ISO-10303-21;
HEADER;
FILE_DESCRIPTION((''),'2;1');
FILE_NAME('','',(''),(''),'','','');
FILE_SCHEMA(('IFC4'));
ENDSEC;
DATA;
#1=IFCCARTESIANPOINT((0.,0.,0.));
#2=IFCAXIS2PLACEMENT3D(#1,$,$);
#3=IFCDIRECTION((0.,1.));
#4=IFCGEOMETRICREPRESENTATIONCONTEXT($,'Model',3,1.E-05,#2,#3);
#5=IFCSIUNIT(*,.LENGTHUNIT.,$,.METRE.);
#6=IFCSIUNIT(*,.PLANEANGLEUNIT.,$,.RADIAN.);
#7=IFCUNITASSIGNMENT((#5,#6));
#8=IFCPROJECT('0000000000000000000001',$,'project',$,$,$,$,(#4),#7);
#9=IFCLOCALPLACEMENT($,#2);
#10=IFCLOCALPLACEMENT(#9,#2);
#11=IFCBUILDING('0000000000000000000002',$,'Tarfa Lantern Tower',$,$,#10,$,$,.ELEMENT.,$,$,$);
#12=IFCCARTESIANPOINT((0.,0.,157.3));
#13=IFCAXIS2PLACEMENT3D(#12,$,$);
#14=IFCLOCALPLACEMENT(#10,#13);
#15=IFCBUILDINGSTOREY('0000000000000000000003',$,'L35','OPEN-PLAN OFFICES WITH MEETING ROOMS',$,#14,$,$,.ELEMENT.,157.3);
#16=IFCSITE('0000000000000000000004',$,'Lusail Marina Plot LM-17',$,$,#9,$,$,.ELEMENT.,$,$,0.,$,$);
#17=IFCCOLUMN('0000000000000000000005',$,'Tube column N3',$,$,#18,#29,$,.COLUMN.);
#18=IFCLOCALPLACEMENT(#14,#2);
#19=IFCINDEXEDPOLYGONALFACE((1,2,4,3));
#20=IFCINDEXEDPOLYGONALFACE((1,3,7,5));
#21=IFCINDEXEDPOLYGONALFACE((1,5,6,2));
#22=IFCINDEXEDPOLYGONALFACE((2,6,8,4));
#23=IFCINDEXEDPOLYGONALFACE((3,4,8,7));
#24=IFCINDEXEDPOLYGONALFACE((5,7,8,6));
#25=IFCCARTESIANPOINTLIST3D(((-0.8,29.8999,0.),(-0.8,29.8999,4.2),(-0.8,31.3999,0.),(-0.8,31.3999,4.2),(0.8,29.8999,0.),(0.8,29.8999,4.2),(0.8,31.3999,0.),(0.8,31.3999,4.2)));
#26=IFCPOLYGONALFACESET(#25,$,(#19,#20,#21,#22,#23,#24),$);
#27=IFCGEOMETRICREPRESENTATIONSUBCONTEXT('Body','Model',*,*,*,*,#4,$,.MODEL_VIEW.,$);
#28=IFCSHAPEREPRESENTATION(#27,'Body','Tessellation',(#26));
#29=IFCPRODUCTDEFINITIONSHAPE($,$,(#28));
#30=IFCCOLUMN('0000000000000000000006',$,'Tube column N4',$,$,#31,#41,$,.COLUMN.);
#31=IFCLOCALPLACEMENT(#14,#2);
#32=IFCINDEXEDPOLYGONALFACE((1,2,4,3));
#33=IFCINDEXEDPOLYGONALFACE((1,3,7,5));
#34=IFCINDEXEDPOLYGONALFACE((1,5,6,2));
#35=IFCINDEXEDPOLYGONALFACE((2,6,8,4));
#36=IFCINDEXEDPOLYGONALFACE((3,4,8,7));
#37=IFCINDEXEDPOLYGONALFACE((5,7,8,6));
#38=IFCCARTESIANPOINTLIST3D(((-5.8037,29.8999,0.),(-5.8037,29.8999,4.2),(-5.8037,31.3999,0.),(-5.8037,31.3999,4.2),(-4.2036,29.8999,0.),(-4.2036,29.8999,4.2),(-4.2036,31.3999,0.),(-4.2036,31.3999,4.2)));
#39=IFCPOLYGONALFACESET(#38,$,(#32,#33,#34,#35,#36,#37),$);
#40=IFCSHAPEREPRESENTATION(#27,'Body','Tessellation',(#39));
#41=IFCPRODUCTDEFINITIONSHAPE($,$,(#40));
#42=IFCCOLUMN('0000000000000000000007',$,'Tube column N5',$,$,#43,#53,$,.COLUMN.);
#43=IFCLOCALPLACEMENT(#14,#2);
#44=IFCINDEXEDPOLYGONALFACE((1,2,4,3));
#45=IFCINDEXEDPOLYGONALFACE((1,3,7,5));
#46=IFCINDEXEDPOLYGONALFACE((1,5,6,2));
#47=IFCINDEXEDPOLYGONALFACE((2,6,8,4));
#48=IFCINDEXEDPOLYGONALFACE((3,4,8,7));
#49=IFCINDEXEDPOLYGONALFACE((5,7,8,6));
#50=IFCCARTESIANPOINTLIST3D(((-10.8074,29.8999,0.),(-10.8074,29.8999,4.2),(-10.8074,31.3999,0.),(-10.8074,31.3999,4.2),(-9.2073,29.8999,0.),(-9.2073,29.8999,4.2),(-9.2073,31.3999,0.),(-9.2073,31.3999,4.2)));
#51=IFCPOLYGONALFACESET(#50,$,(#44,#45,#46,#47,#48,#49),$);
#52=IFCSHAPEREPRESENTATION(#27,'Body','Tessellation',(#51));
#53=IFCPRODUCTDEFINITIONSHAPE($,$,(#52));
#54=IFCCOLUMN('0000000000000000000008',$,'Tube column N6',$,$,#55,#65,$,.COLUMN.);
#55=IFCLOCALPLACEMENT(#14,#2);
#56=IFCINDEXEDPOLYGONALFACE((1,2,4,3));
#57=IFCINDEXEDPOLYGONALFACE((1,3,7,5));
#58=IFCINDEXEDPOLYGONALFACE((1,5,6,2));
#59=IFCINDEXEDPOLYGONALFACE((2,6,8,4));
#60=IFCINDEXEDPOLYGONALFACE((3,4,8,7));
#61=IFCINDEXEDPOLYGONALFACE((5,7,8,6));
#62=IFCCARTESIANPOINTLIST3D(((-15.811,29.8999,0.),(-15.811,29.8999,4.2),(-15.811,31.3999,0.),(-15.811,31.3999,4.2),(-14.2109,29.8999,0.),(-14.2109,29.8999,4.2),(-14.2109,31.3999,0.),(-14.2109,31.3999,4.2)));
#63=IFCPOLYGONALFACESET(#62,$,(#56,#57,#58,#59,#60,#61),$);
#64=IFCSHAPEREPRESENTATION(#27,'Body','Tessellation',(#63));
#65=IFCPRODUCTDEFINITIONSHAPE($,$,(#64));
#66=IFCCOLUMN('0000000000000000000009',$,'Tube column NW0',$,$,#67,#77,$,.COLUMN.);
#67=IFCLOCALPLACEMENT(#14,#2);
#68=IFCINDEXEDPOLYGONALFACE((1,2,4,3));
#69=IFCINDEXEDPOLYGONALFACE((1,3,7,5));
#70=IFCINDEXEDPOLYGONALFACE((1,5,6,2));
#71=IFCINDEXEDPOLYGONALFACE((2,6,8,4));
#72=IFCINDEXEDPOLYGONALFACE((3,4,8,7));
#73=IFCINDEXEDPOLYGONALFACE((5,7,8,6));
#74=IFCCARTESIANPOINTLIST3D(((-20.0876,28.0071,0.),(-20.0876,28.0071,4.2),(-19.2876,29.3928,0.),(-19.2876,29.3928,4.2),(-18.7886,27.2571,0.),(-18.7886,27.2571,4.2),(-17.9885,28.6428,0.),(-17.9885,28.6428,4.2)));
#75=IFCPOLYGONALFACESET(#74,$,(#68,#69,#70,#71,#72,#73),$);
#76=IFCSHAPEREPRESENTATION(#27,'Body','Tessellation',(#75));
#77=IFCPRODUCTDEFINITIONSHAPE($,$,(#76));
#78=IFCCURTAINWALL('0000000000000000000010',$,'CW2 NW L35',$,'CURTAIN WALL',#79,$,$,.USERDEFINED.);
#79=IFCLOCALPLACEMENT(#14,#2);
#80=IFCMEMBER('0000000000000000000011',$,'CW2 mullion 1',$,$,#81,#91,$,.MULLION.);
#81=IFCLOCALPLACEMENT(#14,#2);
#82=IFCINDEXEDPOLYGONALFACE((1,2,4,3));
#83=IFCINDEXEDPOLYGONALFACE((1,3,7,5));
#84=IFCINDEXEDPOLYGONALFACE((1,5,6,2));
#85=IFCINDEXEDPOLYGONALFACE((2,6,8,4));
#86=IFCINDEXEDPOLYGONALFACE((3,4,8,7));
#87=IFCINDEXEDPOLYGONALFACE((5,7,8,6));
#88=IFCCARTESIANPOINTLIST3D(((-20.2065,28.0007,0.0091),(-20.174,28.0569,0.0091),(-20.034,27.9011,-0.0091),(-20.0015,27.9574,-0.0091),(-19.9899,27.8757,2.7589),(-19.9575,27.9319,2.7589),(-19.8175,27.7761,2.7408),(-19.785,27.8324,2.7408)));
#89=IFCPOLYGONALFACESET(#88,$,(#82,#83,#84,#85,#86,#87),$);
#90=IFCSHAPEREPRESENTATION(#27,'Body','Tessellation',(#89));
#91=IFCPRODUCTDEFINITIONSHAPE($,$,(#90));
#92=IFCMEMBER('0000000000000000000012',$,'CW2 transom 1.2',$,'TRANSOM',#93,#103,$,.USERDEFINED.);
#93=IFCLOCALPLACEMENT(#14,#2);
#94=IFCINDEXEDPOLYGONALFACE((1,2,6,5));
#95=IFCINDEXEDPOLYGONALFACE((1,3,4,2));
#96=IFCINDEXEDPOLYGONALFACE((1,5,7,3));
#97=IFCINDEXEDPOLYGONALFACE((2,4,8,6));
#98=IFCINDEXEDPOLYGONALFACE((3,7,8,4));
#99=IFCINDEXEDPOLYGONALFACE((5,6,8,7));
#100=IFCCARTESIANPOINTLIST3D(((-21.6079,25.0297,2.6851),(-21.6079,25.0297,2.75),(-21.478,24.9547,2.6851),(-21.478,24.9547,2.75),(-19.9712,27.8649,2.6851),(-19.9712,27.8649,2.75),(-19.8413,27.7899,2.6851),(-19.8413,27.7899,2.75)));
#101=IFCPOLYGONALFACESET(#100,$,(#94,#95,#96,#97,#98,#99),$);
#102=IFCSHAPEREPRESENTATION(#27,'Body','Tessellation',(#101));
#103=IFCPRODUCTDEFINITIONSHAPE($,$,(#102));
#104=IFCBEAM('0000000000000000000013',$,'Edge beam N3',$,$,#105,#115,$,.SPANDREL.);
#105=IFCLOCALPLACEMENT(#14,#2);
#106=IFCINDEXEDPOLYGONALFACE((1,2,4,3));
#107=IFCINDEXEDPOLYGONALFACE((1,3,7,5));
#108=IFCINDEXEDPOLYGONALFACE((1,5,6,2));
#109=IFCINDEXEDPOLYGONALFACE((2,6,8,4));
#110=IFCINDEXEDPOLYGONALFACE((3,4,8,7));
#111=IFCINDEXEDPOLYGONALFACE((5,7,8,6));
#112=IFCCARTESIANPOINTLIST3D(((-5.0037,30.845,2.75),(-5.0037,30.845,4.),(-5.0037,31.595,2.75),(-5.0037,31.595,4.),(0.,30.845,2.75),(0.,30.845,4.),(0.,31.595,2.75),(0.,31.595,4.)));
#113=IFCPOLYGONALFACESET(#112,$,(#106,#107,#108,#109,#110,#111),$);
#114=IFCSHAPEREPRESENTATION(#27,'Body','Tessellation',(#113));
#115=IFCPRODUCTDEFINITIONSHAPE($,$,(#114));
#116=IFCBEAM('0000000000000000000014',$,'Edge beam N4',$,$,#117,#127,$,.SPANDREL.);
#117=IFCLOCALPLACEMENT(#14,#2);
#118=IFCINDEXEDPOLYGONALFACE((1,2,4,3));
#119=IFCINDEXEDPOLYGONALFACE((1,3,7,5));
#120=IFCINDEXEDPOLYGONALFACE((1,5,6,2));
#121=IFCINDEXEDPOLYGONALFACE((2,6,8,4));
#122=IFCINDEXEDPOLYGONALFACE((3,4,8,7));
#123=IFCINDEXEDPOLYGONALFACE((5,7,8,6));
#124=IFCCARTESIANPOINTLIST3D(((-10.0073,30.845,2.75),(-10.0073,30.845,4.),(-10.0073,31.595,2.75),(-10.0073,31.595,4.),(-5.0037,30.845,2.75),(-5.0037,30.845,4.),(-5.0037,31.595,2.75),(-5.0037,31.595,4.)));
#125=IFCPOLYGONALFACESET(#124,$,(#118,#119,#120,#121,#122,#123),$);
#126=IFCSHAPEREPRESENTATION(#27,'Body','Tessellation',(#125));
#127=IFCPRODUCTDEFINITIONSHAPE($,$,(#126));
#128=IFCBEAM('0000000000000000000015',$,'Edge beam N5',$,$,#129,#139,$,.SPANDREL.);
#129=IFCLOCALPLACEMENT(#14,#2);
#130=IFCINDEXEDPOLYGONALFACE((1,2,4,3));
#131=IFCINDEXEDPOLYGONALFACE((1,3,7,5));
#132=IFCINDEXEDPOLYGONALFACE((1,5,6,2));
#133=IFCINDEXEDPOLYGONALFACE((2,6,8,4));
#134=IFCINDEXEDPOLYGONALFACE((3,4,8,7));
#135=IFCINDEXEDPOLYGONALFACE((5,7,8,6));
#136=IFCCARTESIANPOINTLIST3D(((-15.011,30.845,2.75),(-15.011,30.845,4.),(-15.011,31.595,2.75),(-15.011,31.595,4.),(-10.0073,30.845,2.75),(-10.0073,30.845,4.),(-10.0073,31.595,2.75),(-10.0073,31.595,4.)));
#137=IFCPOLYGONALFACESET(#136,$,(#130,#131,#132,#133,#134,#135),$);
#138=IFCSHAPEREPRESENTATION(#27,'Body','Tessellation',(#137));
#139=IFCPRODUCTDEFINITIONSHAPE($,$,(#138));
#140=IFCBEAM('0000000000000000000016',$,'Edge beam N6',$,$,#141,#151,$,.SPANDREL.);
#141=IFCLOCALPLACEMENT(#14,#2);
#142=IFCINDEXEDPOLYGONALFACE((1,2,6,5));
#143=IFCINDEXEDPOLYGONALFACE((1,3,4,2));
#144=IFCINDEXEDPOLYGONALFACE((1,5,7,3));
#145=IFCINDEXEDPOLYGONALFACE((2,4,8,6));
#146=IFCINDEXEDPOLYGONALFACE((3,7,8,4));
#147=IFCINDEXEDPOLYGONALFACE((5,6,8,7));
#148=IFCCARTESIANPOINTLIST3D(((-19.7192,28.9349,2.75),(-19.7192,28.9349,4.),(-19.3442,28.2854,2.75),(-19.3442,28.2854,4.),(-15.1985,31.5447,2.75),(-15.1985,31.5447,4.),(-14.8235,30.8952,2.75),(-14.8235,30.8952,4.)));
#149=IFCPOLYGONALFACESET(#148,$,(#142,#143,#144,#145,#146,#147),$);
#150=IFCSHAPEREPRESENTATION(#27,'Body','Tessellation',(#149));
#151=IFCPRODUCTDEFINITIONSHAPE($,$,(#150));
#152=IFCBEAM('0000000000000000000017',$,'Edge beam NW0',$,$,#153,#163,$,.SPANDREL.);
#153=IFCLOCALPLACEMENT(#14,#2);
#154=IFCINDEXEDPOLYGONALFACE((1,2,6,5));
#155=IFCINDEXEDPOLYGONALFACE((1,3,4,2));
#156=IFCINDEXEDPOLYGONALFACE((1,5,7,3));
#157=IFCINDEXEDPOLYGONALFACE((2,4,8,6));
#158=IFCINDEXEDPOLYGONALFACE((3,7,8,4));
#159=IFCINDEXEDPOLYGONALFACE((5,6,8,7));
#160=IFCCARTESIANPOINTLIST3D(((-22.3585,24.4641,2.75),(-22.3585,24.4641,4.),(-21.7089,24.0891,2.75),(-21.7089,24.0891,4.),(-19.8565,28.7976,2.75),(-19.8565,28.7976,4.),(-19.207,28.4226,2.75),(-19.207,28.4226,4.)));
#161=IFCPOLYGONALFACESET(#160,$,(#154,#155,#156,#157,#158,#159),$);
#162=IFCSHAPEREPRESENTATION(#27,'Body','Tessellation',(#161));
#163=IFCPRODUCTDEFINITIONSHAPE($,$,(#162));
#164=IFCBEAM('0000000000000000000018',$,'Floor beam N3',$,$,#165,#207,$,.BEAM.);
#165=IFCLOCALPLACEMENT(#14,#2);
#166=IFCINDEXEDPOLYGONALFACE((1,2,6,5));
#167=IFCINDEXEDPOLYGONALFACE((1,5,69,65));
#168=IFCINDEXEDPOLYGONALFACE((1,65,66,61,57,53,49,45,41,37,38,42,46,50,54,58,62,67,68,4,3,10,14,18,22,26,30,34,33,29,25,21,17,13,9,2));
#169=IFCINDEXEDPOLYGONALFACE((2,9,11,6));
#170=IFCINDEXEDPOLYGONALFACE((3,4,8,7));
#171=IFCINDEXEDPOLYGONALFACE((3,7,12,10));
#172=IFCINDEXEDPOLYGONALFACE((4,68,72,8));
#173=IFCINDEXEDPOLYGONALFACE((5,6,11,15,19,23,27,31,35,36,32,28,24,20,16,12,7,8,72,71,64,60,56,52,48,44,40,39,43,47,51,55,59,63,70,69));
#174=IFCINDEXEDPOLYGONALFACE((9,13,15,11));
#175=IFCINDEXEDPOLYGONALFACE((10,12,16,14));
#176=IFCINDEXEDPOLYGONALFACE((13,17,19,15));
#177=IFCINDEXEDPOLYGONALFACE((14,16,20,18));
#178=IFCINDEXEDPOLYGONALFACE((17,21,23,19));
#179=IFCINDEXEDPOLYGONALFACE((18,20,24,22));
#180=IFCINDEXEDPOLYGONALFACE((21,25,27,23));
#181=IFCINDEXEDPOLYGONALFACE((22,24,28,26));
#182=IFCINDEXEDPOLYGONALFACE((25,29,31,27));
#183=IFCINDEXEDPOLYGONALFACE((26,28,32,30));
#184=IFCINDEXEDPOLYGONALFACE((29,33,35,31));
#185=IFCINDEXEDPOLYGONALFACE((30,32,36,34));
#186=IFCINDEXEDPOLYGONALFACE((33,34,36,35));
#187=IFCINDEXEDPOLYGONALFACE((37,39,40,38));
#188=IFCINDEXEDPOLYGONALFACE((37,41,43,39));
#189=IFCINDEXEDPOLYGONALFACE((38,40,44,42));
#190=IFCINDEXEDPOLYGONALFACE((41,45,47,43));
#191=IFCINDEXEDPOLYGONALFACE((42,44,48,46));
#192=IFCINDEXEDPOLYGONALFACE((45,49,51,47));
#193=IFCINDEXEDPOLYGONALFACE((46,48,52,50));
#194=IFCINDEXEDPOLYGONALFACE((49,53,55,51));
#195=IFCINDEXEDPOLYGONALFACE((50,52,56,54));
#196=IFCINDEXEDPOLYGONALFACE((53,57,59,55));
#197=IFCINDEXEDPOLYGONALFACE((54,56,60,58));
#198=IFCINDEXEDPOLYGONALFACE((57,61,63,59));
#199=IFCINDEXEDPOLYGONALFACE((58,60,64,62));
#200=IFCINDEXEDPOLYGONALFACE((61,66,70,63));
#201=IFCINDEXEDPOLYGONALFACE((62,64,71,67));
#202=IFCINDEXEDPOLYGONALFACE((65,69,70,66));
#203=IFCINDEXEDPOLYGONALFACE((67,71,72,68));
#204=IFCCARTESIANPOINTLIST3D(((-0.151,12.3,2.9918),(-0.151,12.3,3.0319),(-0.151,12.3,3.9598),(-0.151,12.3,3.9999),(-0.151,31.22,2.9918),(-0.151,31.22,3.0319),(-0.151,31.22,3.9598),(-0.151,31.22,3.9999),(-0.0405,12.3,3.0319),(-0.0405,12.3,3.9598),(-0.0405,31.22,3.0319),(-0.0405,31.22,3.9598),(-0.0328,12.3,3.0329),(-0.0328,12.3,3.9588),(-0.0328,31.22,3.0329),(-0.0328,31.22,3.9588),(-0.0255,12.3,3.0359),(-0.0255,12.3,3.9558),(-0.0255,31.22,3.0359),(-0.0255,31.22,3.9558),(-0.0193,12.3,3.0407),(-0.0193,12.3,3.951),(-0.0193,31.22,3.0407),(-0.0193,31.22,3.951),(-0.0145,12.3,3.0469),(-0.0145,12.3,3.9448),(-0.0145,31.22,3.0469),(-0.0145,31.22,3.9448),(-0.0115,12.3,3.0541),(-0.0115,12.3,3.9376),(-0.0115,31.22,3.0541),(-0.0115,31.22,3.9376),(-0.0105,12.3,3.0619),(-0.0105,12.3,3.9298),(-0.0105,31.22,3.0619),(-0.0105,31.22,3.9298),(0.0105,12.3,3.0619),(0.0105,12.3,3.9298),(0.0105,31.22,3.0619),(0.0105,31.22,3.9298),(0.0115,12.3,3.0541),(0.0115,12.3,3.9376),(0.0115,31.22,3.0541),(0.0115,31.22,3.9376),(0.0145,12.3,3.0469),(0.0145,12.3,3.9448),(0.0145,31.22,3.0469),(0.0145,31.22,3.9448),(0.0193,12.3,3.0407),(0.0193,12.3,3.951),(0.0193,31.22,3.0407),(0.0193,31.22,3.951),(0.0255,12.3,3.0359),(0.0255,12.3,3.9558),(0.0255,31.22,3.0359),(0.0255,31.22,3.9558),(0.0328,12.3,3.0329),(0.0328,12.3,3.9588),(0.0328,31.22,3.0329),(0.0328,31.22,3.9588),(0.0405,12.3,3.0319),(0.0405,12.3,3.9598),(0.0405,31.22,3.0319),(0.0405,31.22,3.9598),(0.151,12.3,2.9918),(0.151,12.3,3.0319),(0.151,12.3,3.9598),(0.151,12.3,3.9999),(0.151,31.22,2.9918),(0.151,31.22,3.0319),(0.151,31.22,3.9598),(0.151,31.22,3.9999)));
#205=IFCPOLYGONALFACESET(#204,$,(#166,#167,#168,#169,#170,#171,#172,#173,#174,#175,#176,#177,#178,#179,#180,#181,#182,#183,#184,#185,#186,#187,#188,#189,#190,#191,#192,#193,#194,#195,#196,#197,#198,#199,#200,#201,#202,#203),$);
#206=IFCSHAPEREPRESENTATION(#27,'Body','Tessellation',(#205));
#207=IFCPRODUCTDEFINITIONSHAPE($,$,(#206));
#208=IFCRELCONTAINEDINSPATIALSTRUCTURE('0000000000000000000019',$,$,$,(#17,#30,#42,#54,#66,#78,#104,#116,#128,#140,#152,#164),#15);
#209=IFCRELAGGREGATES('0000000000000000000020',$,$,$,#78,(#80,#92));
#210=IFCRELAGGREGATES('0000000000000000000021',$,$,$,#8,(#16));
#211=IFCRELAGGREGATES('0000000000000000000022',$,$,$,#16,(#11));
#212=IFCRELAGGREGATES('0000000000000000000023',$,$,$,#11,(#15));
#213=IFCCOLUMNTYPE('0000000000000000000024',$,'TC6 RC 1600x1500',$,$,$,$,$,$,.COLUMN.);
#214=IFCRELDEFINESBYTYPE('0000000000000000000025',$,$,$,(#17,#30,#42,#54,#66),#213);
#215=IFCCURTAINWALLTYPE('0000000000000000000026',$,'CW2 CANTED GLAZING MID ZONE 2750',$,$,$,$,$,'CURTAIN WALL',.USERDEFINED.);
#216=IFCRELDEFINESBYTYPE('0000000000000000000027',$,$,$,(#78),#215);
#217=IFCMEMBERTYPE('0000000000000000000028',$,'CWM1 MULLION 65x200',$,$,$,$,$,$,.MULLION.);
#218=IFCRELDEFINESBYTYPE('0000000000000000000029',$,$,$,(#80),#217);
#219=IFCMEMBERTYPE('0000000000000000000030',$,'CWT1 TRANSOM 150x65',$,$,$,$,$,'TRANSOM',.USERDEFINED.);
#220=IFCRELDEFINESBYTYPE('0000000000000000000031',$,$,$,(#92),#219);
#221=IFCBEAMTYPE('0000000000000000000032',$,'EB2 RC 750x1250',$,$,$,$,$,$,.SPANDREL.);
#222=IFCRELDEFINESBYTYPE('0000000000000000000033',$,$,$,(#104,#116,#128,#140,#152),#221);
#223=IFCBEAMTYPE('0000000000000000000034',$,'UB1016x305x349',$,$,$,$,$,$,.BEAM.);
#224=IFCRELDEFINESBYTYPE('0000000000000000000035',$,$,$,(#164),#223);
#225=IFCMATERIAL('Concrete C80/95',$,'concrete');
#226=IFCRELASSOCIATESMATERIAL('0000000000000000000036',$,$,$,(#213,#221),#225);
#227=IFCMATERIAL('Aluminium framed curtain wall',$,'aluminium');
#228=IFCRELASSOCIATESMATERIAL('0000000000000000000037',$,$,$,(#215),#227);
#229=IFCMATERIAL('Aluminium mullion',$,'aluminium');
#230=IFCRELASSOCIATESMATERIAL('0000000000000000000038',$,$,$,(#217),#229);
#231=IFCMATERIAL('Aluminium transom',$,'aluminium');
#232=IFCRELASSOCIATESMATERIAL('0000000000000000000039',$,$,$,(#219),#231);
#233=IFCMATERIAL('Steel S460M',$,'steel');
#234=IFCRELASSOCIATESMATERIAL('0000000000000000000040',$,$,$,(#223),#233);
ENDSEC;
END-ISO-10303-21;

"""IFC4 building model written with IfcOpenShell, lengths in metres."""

from ifc_helpers import new_model, si_unit, direction, frame, origin, origin_2d, place, context, subcontext, project, spatial, rectangle, i_section, extrude, material, material_profile, profile_set, type_object, element, aggregate, save


model = new_model("IFC4")

# Units and contexts
model_context = context("Model", 3, precision=1e-05, world=origin(), true_north=direction((0.0, 1.0)))
body_context = subcontext(model_context, "Body", "Model", "MODEL_VIEW")
ifc_project = project(units=[si_unit("LENGTHUNIT", "METRE"), si_unit("PLANEANGLEUNIT", "RADIAN")], contexts=[model_context])

# Site, building, storey
site_placement = place(None, origin())
site = spatial("IfcSite", under=ifc_project, at=site_placement, Name="Lusail Marina Plot LM-17", CompositionType="ELEMENT", RefElevation=0.0)
building_placement = place(site_placement, origin())
building = spatial("IfcBuilding", under=site, at=building_placement, Name="Tarfa Lantern Tower", CompositionType="ELEMENT")
storey_placement = place(building_placement, frame((0.0, 0.0, 157.3)))
storey = spatial("IfcBuildingStorey", under=building, at=storey_placement, Name="L35", Description="OPEN-PLAN OFFICES WITH MEETING ROOMS", CompositionType="ELEMENT", Elevation=157.3)

# Columns
ifc_material_1 = material(Name="Concrete C80/95", Category="concrete")
ifc_material_profile_1 = material_profile(ifc_material_1, rectangle(XDim=1.6001, YDim=1.5, at=origin_2d()), Name="RC 1600x1500")
ifc_profile_set_1 = profile_set([ifc_material_profile_1], Name="Concrete C80/95")
column_type = type_object("IfcColumnType", Name="TC6 RC 1600x1500", PredefinedType="COLUMN", material=ifc_profile_set_1)
for number, where, z_axis, x_axis, name in (
    (1, (0.0, 30.6499, 0.0), (0.0, 0.0, 1.0), (-1.0, 0.0, 0.0), "Tube column N3"),
    (2, (-5.0037, 30.6499, 0.0), (0.0, 0.0, 1.0), (-1.0, 0.0, 0.0), "Tube column N4"),
    (3, (-10.0073, 30.6499, 0.0), (0.0, 0.0, 1.0), (-1.0, 0.0, 0.0), "Tube column N5"),
    (4, (-15.011, 30.6499, 0.0), (0.0, 0.0, 1.0), (-1.0, 0.0, 0.0), "Tube column N6"),
    (5, (-19.0381, 28.325, 0.0), (0.0, 0.0, 1.0), (-0.5, -0.866025, 0.0), "Tube column NW0"),
):
    element("IfcColumn", number, at=place(storey_placement, frame(where, z_axis=z_axis, x_axis=x_axis)), inside=storey, type_object=column_type, Name=name, PredefinedType="COLUMN", context=body_context, shape_type="SweptSolid", body=[
        extrude(rectangle(XDim=1.6001, YDim=1.5, at=origin_2d()), origin(), (0.0, 0.0, 1.0), 4.2),
    ])

# Curtain wall, members
ifc_material_2 = material(Name="Aluminium framed curtain wall", Category="aluminium")
curtain_wall_type = type_object("IfcCurtainWallType", Name="CW2 CANTED GLAZING MID ZONE 2750", ElementType="CURTAIN WALL", PredefinedType="USERDEFINED", material=ifc_material_2)
curtain_wall_placement = place(storey_placement, origin())
curtain_wall = element("IfcCurtainWall", 6, at=curtain_wall_placement, inside=storey, type_object=curtain_wall_type, Name="CW2 NW L35", ObjectType="CURTAIN WALL", PredefinedType="USERDEFINED")
ifc_material_3 = material(Name="Aluminium mullion", Category="aluminium")
ifc_material_profile_2 = material_profile(ifc_material_3, rectangle(XDim=0.0649, YDim=0.2, at=origin_2d()), Name="AL MULLION 65x200")
ifc_profile_set_2 = profile_set([ifc_material_profile_2], Name="Aluminium mullion")
member_type_1 = type_object("IfcMemberType", Name="CWM1 MULLION 65x200", PredefinedType="MULLION", material=ifc_profile_set_2)
member_1_placement = place(storey_placement, frame((-20.104, 27.979, 0.0), z_axis=(0.078423, -0.045268, 0.995892), x_axis=(0.49992, 0.866072, 0.0)))
member_1 = element("IfcMember", 7, at=member_1_placement, type_object=member_type_1, Name="CW2 mullion 1", PredefinedType="MULLION", context=body_context, shape_type="SweptSolid", body=[
    extrude(rectangle(XDim=0.0649, YDim=0.2, at=origin_2d()), origin(), (0.0, 0.0, 1.0), 2.7612),
])
ifc_material_4 = material(Name="Aluminium transom", Category="aluminium")
ifc_material_profile_3 = material_profile(ifc_material_4, rectangle(XDim=0.1499, YDim=0.0649, at=origin_2d()), Name="AL TRANSOM 150x65")
ifc_profile_set_3 = profile_set([ifc_material_profile_3], Name="Aluminium transom")
member_type_2 = type_object("IfcMemberType", Name="CWT1 TRANSOM 150x65", ElementType="TRANSOM", PredefinedType="USERDEFINED", material=ifc_profile_set_3)
member_2_placement = place(storey_placement, frame((-19.9062, 27.8274, 2.7175), z_axis=(-0.499957, -0.86605, 0.0), x_axis=(0.86605, -0.499957, 0.0)))
member_2 = element("IfcMember", 8, at=member_2_placement, type_object=member_type_2, Name="CW2 transom 1.2", ObjectType="TRANSOM", PredefinedType="USERDEFINED", context=body_context, shape_type="SweptSolid", body=[
    extrude(rectangle(XDim=0.1499, YDim=0.0649, at=origin_2d()), origin(), (0.0, 0.0, 1.0), 3.2737),
])

# Beams
ifc_material_profile_4 = material_profile(ifc_material_1, rectangle(XDim=0.75, YDim=1.25, at=origin_2d()), Name="RC 750x1250")
ifc_profile_set_4 = profile_set([ifc_material_profile_4], Name="Concrete C80/95")
beam_type_1 = type_object("IfcBeamType", Name="EB2 RC 750x1250", PredefinedType="SPANDREL", material=ifc_profile_set_4)
for number, where, z_axis, x_axis, name in (
    (9, (0.0, 31.22, 3.375), (-1.0, 0.0, 0.0), (0.0, -1.0, 0.0), "Edge beam N3"),
    (10, (-5.0037, 31.22, 3.375), (-1.0, 0.0, 0.0), (0.0, -1.0, 0.0), "Edge beam N4"),
    (11, (-10.0073, 31.22, 3.375), (-1.0, 0.0, 0.0), (0.0, -1.0, 0.0), "Edge beam N5"),
):
    element("IfcBeam", number, at=place(storey_placement, frame(where, z_axis=z_axis, x_axis=x_axis)), inside=storey, type_object=beam_type_1, Name=name, PredefinedType="SPANDREL", context=body_context, shape_type="SweptSolid", body=[
        extrude(rectangle(XDim=0.75, YDim=1.25, at=origin_2d()), origin(), (0.0, 0.0, 1.0), 5.0037),
    ])
beam_1_placement = place(storey_placement, frame((-15.011, 31.22, 3.375), z_axis=(-0.866042, -0.499972, 0.0), x_axis=(0.499972, -0.866042, 0.0)))
element("IfcBeam", 12, at=beam_1_placement, inside=storey, type_object=beam_type_1, Name="Edge beam N6", PredefinedType="SPANDREL", context=body_context, shape_type="SweptSolid", body=[
    extrude(rectangle(XDim=0.75, YDim=1.25, at=origin_2d()), origin(), (0.0, 0.0, 1.0), 5.22),
])
beam_2_placement = place(storey_placement, frame((-19.5317, 28.6101, 3.375), z_axis=(-0.500001, -0.866025, 0.0), x_axis=(0.866025, -0.500001, 0.0)))
element("IfcBeam", 13, at=beam_2_placement, inside=storey, type_object=beam_type_1, Name="Edge beam NW0", PredefinedType="SPANDREL", context=body_context, shape_type="SweptSolid", body=[
    extrude(rectangle(XDim=0.75, YDim=1.25, at=origin_2d()), origin(), (0.0, 0.0, 1.0), 5.0039),
])
ifc_material_5 = material(Name="Steel S460M", Category="steel")
ifc_material_profile_5 = material_profile(ifc_material_5, i_section(OverallWidth=0.302, OverallDepth=1.0081, WebThickness=0.021, FlangeThickness=0.04, FilletRadius=0.03, at=origin_2d()), Name="UB1016x305x349")
ifc_profile_set_5 = profile_set([ifc_material_profile_5], Name="Steel S460M")
beam_type_2 = type_object("IfcBeamType", Name="UB1016x305x349", PredefinedType="BEAM", material=ifc_profile_set_5)
for number, where, z_axis, x_axis, name in (
    (14, (0.0, 31.22, 3.4958), (0.0, -1.0, 0.0), (1.0, 0.0, 0.0), "Floor beam N3"),
):
    element("IfcBeam", number, at=place(storey_placement, frame(where, z_axis=z_axis, x_axis=x_axis)), inside=storey, type_object=beam_type_2, Name=name, PredefinedType="BEAM", context=body_context, shape_type="SweptSolid", body=[
        extrude(i_section(OverallWidth=0.302, OverallDepth=1.0081, WebThickness=0.021, FlangeThickness=0.04, FilletRadius=0.03, at=origin_2d()), origin(), (0.0, 0.0, 1.0), 18.9199),
    ])

aggregate(curtain_wall, [member_1, member_2])

save(model, "model.ifc")
